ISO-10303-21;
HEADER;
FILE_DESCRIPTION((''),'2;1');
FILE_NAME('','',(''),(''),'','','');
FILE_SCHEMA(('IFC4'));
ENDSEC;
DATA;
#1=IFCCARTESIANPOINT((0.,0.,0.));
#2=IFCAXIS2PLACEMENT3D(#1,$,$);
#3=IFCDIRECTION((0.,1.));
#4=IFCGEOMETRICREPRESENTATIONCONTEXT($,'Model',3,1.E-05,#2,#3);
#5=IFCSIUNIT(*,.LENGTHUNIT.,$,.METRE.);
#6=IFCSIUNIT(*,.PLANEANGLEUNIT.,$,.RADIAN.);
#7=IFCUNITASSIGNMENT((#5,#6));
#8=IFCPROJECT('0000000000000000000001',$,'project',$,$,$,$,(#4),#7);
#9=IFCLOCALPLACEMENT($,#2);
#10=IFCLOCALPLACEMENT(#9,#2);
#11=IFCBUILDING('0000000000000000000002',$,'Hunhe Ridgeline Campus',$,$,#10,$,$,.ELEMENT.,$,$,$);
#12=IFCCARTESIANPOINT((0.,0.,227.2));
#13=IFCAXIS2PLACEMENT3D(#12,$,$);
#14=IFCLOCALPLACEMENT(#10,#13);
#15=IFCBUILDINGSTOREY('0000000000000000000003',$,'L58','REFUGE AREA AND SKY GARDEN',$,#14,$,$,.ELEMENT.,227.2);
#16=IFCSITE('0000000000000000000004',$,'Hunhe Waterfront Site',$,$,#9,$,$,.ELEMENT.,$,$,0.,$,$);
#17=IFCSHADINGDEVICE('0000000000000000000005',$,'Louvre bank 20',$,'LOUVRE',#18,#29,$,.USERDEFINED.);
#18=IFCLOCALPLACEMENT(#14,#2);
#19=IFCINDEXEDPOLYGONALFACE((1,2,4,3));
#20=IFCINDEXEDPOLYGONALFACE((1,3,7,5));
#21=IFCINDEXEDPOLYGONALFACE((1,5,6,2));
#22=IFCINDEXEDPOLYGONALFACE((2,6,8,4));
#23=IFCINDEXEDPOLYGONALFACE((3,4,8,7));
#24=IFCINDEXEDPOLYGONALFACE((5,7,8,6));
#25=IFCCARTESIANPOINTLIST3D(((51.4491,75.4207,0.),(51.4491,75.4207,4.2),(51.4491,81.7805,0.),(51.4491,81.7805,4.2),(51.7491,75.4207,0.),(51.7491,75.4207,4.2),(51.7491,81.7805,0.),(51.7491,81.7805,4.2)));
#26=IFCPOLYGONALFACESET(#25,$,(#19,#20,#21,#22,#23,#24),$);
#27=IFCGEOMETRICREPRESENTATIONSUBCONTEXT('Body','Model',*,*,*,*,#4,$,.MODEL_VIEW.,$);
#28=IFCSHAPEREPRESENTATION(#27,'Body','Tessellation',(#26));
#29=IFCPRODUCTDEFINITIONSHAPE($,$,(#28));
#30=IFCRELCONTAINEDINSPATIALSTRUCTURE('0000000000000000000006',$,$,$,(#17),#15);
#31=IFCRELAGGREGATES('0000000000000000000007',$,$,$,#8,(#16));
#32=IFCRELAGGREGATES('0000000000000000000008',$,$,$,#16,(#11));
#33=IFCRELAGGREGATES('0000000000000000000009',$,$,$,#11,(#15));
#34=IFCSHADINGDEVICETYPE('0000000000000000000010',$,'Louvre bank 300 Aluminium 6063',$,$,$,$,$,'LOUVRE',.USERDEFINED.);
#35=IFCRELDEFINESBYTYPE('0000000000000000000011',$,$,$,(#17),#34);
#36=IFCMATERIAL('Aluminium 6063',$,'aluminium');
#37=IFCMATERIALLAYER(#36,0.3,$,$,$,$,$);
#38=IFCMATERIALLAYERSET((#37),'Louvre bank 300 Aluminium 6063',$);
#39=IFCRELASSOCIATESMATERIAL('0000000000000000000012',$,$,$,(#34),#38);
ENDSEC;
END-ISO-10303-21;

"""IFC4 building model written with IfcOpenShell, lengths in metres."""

from ifc_helpers import new_model, si_unit, direction, frame, origin, origin_2d, place, context, subcontext, project, spatial, rectangle, extrude, material, layer, layer_set, type_object, element, save


model = new_model("IFC4")

# Units and contexts
model_context = context("Model", 3, precision=1e-05, world=origin(), true_north=direction((0.0, 1.0)))
body_context = subcontext(model_context, "Body", "Model", "MODEL_VIEW")
ifc_project = project(units=[si_unit("LENGTHUNIT", "METRE"), si_unit("PLANEANGLEUNIT", "RADIAN")], contexts=[model_context])

# Site, building, storey
site_placement = place(None, origin())
site = spatial("IfcSite", under=ifc_project, at=site_placement, Name="Hunhe Waterfront Site", CompositionType="ELEMENT", RefElevation=0.0)
building_placement = place(site_placement, origin())
building = spatial("IfcBuilding", under=site, at=building_placement, Name="Hunhe Ridgeline Campus", CompositionType="ELEMENT")
storey_placement = place(building_placement, frame((0.0, 0.0, 227.2)))
storey = spatial("IfcBuildingStorey", under=building, at=storey_placement, Name="L58", Description="REFUGE AREA AND SKY GARDEN", CompositionType="ELEMENT", Elevation=227.2)

# Shared definitions
ifc_material_1 = material(Name="Aluminium 6063", Category="aluminium")

# Shading device
ifc_layer_1 = layer(ifc_material_1, 0.3)
ifc_layer_set_1 = layer_set([ifc_layer_1], Name="Louvre bank 300 Aluminium 6063")
shading_device_type = type_object("IfcShadingDeviceType", Name="Louvre bank 300 Aluminium 6063", ElementType="LOUVRE", PredefinedType="USERDEFINED", material=ifc_layer_set_1)
shading_device_placement = place(storey_placement, frame((51.5991, 78.6006, 0.0), z_axis=(0.0, 0.0, 1.0), x_axis=(0.0, 1.0, 0.0)))
element("IfcShadingDevice", 1, at=shading_device_placement, inside=storey, type_object=shading_device_type, Name="Louvre bank 20", ObjectType="LOUVRE", PredefinedType="USERDEFINED", context=body_context, shape_type="SweptSolid", body=[
    extrude(rectangle(XDim=6.3599, YDim=0.3, at=origin_2d()), origin(), (0.0, 0.0, 1.0), 4.2),
])

save(model, "model.ifc")
